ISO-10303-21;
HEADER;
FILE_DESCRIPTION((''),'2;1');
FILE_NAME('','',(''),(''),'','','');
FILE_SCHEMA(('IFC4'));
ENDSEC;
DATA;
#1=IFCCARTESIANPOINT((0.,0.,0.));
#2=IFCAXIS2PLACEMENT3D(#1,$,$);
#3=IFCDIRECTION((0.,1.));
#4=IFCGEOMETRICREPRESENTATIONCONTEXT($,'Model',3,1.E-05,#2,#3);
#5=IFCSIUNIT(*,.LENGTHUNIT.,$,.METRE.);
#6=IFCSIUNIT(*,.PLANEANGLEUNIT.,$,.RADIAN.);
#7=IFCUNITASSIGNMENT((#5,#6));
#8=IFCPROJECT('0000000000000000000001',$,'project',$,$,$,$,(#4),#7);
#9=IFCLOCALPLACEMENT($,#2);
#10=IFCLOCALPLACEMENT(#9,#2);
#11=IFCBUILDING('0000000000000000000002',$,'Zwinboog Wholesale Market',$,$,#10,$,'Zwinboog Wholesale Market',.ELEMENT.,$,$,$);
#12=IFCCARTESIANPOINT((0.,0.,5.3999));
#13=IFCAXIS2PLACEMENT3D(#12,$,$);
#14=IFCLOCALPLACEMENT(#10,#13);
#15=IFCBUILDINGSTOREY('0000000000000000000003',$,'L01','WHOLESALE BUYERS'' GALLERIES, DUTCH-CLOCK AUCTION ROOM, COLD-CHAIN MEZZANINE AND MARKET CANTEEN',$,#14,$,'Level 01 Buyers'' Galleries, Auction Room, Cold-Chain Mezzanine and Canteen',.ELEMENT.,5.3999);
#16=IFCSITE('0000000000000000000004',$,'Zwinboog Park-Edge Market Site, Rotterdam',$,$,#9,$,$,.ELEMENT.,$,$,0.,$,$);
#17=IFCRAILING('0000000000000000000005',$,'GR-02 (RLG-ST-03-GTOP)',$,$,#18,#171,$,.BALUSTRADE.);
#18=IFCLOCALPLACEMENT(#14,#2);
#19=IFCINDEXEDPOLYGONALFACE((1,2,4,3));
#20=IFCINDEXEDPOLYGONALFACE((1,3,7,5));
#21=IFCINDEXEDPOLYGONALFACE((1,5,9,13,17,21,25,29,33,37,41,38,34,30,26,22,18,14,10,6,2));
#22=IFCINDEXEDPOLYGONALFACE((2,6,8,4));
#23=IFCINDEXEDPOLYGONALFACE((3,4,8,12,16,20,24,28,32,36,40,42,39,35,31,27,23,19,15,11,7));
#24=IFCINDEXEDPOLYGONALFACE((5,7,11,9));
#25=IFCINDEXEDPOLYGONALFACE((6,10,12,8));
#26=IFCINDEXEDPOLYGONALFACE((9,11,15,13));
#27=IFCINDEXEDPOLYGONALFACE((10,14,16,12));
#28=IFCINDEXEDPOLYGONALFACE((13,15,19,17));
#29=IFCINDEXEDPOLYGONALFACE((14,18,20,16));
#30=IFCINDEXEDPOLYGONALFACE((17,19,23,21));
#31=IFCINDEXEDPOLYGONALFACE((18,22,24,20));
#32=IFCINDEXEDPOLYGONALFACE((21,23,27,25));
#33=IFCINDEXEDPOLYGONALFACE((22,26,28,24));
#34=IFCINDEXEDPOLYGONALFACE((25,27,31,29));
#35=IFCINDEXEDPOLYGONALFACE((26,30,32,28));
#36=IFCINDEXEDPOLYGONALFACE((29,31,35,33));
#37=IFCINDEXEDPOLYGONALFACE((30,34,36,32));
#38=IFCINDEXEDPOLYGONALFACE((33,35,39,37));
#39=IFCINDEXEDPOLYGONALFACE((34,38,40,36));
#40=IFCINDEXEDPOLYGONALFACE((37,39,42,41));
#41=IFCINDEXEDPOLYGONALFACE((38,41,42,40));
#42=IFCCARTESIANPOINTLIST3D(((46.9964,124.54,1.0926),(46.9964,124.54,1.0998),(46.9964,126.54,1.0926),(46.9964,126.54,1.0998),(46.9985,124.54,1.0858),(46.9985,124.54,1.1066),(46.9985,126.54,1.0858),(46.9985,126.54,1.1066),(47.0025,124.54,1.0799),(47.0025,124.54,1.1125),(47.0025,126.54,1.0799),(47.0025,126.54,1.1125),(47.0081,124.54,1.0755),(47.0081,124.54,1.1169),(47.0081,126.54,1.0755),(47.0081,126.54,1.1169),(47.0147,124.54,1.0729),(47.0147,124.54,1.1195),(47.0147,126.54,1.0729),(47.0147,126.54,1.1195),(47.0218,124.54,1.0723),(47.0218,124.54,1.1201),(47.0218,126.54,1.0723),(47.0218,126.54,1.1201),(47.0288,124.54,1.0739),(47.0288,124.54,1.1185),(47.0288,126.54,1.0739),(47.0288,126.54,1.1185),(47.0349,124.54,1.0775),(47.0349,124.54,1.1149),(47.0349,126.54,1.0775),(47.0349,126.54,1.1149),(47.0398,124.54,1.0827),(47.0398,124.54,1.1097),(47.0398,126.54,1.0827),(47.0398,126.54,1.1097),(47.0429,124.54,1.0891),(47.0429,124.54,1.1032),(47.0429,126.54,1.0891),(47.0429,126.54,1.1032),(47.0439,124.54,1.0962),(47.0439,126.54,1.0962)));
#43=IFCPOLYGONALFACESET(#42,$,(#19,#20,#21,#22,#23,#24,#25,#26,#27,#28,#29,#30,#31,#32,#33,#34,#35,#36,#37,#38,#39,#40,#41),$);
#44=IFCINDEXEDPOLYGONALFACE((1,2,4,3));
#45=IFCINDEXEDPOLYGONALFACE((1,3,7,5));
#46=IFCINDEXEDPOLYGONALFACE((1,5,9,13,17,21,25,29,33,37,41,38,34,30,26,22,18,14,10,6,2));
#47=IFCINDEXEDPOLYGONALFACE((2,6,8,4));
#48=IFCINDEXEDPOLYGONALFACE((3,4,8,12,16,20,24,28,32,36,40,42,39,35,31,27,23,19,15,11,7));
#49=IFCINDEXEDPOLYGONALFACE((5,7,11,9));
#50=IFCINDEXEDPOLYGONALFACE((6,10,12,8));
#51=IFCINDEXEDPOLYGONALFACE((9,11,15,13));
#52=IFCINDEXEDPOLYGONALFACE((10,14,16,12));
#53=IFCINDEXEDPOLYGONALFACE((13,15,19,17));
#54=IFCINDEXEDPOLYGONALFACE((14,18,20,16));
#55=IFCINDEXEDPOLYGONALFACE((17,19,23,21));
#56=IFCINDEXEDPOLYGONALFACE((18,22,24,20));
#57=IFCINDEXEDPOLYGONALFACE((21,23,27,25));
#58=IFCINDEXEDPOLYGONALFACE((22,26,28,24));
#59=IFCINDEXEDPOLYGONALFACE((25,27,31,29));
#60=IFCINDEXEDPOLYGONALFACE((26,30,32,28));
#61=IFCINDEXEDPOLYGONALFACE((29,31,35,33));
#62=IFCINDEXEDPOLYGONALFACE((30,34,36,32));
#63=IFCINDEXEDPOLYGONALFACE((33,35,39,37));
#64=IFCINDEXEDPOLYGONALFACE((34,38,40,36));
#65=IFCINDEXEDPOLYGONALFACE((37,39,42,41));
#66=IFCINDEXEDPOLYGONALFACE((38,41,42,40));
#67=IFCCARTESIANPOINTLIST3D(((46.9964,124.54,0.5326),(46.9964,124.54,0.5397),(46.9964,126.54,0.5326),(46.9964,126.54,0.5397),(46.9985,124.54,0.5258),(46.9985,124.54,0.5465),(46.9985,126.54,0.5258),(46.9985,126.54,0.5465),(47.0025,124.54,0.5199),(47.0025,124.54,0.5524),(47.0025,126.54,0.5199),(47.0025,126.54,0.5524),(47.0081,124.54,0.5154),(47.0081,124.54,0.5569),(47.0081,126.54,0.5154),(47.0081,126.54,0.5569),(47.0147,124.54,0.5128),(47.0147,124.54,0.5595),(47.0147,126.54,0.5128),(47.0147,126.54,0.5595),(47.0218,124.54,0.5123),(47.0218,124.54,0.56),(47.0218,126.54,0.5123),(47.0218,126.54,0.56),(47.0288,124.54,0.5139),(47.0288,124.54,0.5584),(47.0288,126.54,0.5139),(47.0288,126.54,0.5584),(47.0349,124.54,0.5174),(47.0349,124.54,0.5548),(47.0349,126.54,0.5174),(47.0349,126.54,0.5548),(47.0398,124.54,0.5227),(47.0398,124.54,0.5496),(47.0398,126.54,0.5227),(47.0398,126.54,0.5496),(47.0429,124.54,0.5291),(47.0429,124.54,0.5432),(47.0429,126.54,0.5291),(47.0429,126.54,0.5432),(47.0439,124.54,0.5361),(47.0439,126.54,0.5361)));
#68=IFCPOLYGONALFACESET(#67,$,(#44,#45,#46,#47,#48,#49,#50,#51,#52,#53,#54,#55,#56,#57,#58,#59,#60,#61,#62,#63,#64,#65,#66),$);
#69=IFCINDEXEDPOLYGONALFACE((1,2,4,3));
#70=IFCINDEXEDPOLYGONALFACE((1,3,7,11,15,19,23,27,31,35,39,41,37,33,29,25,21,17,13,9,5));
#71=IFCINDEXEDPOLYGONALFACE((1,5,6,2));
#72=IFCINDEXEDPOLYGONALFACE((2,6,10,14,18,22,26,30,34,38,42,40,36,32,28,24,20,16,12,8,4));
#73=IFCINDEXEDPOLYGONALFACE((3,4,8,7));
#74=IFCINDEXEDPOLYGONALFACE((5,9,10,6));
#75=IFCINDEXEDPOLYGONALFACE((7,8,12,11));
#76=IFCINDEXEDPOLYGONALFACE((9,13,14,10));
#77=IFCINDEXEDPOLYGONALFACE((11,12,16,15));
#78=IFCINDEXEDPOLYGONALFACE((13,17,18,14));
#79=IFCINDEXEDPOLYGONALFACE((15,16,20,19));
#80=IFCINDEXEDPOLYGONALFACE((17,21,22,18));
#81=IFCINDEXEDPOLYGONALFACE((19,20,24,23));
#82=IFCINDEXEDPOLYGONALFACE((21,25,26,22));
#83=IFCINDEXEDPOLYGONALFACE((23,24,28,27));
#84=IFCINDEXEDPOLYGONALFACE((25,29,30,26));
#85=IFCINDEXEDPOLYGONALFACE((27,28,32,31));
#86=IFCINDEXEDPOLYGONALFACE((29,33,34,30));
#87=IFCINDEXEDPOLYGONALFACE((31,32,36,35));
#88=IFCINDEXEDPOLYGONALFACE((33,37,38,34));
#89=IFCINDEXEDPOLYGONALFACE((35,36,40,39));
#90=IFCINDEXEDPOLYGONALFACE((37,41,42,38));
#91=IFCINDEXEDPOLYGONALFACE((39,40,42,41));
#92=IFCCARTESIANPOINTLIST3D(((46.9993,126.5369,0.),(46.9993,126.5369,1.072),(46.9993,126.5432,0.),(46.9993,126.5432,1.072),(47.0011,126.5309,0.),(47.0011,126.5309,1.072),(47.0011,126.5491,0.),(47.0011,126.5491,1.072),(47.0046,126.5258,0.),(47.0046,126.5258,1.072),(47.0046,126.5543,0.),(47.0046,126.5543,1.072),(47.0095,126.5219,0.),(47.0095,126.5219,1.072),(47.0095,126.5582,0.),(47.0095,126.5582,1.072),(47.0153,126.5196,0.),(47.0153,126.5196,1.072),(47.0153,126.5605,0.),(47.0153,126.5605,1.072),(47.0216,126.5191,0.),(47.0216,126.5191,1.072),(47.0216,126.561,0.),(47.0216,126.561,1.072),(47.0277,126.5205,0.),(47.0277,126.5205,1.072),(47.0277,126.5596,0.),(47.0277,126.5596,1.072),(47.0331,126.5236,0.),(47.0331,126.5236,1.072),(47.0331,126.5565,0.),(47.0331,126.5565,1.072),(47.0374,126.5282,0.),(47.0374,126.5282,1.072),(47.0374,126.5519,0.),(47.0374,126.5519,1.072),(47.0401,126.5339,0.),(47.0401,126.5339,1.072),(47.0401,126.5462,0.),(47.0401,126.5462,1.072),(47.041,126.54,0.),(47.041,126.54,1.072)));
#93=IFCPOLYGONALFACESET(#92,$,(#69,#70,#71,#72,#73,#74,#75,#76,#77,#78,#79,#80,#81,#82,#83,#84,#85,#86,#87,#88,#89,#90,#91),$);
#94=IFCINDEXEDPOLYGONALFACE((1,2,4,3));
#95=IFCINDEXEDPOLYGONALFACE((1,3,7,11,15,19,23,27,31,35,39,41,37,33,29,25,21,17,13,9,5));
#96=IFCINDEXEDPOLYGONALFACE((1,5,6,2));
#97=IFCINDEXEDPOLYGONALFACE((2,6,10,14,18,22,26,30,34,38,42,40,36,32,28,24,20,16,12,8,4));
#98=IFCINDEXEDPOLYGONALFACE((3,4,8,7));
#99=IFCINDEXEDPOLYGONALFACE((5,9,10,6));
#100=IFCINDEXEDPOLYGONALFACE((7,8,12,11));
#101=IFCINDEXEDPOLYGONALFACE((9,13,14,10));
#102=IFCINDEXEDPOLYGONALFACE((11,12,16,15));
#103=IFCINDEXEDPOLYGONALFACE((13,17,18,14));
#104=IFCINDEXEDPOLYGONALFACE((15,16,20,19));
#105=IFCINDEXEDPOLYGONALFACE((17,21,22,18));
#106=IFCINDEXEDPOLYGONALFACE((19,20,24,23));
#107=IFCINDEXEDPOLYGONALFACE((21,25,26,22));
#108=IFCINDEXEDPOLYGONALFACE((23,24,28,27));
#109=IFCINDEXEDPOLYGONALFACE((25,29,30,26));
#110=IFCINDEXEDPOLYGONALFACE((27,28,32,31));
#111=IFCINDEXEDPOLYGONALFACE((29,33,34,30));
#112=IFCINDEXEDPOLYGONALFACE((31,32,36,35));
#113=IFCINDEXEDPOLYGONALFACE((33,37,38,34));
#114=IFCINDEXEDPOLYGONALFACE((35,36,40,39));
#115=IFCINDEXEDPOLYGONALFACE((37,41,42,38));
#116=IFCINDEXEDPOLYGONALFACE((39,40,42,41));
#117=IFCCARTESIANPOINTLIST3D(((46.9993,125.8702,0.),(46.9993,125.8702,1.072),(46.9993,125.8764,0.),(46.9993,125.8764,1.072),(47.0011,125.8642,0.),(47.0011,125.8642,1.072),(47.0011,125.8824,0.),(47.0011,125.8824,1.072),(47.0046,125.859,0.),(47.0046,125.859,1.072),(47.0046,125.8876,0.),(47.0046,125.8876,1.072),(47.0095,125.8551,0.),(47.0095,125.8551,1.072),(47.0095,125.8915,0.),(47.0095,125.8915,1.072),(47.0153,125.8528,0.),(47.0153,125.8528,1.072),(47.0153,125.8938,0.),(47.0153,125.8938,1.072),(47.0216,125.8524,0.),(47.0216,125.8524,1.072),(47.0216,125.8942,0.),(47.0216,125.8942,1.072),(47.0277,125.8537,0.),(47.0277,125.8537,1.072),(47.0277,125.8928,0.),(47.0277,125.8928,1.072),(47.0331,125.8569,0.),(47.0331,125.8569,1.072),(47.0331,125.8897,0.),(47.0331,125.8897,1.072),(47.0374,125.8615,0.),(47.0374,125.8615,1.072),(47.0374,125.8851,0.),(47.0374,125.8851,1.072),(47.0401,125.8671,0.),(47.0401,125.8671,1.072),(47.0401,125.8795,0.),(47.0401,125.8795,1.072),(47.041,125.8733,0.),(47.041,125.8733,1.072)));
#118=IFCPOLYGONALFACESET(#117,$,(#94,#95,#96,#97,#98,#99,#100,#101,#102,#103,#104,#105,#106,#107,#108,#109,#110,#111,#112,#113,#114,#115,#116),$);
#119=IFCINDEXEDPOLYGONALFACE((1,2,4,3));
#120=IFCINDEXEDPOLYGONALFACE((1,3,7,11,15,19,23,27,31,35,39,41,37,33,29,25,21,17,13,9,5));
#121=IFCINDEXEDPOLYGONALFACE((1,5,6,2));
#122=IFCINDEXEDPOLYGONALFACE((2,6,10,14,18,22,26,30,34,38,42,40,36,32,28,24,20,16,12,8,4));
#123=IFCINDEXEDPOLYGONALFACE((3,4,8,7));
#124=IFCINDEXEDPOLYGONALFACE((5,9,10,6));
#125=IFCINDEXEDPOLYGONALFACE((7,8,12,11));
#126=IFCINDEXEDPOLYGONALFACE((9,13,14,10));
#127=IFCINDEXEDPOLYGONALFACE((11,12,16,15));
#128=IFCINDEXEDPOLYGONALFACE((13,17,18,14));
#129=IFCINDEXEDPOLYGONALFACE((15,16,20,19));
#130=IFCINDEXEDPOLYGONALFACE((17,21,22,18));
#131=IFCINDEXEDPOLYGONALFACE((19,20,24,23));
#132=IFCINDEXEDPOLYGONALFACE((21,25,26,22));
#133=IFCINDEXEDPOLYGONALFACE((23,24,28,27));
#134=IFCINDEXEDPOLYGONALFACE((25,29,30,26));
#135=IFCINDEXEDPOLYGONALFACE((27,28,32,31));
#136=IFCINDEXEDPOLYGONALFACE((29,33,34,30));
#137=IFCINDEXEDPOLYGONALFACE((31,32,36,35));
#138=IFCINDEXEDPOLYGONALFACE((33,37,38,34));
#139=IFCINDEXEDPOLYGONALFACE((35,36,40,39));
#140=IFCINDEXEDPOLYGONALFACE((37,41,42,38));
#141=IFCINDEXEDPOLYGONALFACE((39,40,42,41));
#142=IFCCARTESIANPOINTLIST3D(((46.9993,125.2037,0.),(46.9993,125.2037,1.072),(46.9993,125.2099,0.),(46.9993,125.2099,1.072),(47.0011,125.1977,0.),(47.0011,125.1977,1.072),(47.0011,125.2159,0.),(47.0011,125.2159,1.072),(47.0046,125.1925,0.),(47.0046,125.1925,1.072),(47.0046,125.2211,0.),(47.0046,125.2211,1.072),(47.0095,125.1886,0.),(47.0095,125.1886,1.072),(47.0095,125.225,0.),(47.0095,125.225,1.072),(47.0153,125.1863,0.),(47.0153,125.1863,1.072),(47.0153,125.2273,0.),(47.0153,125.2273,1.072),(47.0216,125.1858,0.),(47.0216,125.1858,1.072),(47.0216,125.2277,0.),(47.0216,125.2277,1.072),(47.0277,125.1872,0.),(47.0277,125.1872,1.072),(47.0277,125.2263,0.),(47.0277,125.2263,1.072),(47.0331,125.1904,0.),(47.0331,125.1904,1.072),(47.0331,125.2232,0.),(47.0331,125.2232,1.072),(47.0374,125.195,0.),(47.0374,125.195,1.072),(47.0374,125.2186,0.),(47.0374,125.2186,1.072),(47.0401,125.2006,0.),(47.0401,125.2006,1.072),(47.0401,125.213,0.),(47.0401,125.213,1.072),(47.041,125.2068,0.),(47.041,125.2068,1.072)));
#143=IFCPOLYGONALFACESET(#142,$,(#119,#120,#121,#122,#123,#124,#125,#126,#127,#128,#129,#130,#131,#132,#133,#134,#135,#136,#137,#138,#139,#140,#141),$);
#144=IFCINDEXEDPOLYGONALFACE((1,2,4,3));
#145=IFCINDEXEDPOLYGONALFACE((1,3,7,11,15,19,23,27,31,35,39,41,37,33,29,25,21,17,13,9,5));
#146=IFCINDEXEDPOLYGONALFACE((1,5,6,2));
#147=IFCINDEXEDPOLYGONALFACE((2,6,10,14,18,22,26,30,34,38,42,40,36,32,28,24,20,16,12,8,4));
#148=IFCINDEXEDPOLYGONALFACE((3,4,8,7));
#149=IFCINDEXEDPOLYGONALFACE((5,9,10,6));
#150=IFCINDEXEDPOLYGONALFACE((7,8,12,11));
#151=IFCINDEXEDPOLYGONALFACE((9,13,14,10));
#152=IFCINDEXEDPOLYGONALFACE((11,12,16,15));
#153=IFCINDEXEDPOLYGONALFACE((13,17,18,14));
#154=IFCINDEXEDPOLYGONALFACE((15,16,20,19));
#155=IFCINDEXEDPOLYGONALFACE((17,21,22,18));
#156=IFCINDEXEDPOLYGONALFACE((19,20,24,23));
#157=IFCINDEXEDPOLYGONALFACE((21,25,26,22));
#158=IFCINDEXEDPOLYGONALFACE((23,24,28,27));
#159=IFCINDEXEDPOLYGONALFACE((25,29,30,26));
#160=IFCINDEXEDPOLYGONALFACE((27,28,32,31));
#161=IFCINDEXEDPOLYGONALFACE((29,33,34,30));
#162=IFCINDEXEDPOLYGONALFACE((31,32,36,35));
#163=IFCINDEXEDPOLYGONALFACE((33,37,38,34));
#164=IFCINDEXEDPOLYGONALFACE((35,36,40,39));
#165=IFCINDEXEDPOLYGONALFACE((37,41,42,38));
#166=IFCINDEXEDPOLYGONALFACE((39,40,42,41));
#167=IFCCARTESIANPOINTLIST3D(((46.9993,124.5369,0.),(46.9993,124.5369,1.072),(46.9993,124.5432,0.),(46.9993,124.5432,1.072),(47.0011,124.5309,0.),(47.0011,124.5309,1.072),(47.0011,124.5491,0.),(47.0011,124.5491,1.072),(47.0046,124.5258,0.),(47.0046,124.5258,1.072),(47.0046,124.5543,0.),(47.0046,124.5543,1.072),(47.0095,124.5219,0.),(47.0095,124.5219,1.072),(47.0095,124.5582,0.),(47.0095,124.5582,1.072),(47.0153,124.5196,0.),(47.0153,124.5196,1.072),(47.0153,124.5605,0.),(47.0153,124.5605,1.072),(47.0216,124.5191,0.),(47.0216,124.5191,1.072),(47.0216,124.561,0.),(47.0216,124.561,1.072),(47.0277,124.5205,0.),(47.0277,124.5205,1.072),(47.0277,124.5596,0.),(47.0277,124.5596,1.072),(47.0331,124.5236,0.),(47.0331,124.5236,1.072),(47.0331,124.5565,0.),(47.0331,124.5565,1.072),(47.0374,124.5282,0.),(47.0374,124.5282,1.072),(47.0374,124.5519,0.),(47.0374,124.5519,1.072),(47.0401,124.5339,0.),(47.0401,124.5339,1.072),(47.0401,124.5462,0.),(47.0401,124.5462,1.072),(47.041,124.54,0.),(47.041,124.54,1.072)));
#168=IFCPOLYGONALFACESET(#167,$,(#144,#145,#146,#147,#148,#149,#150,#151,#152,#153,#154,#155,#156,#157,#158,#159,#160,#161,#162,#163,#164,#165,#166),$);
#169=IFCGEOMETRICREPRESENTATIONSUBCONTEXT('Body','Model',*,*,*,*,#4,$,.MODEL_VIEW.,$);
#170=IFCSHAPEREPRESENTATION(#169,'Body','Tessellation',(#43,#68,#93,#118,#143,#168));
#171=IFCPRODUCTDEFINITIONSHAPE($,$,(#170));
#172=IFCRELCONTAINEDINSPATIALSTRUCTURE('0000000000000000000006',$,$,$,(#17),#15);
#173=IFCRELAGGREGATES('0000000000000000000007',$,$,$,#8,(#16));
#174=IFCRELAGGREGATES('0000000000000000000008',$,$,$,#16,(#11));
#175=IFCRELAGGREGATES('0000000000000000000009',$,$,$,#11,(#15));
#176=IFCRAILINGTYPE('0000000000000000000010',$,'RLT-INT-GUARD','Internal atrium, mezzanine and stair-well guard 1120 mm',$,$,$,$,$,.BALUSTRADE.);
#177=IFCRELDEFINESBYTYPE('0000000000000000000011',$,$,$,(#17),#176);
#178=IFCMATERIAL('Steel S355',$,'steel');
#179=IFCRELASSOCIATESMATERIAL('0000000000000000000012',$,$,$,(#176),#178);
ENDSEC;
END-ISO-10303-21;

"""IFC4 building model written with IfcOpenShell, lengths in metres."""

from ifc_helpers import new_model, si_unit, direction, frame, origin, origin_2d, place, context, subcontext, project, spatial, circle, extrude, material, type_object, element, save


model = new_model("IFC4")

# Units and contexts
model_context = context("Model", 3, precision=1e-05, world=origin(), true_north=direction((0.0, 1.0)))
body_context = subcontext(model_context, "Body", "Model", "MODEL_VIEW")
ifc_project = project(units=[si_unit("LENGTHUNIT", "METRE"), si_unit("PLANEANGLEUNIT", "RADIAN")], contexts=[model_context])

# Site, building, storey
site_placement = place(None, origin())
site = spatial("IfcSite", under=ifc_project, at=site_placement, Name="Zwinboog Park-Edge Market Site, Rotterdam", CompositionType="ELEMENT", RefElevation=0.0)
building_placement = place(site_placement, origin())
building = spatial("IfcBuilding", under=site, at=building_placement, Name="Zwinboog Wholesale Market", LongName="Zwinboog Wholesale Market", CompositionType="ELEMENT")
storey_placement = place(building_placement, frame((0.0, 0.0, 5.3999)))
storey = spatial("IfcBuildingStorey", under=building, at=storey_placement, Name="L01", Description="WHOLESALE BUYERS' GALLERIES, DUTCH-CLOCK AUCTION ROOM, COLD-CHAIN MEZZANINE AND MARKET CANTEEN", LongName="Level 01 Buyers' Galleries, Auction Room, Cold-Chain Mezzanine and Canteen", CompositionType="ELEMENT", Elevation=5.3999)

# Shared definitions
ifc_material_1 = material(Name="Steel S355", Category="steel")

# Railing
railing_type = type_object("IfcRailingType", Name="RLT-INT-GUARD", Description="Internal atrium, mezzanine and stair-well guard 1120 mm", PredefinedType="BALUSTRADE", material=ifc_material_1)
railing_placement = place(storey_placement, frame((47.02, 126.54, 0.0)))
element("IfcRailing", 1, at=railing_placement, inside=storey, type_object=railing_type, Name="GR-02 (RLG-ST-03-GTOP)", PredefinedType="BALUSTRADE", context=body_context, shape_type="SweptSolid", body=[
    extrude(circle(Radius=0.0239, at=origin_2d()), frame((0.0, 0.0, 1.0962), z_axis=(0.0, -1.0, 0.0), x_axis=(1.0, 0.0, 0.0)), (0.0, 0.0, 1.0), 2.0),
    extrude(circle(Radius=0.0239, at=origin_2d()), frame((0.0, 0.0, 0.5361), z_axis=(0.0, -1.0, 0.0), x_axis=(1.0, 0.0, 0.0)), (0.0, 0.0, 1.0), 2.0),
    extrude(circle(Radius=0.021, at=origin_2d()), origin(), (0.0, 0.0, 1.0), 1.072),
    extrude(circle(Radius=0.021, at=origin_2d()), frame((0.0, -0.6667, 0.0)), (0.0, 0.0, 1.0), 1.072),
    extrude(circle(Radius=0.021, at=origin_2d()), frame((0.0, -1.3333, 0.0)), (0.0, 0.0, 1.0), 1.072),
    extrude(circle(Radius=0.021, at=origin_2d()), frame((0.0, -2.0, 0.0)), (0.0, 0.0, 1.0), 1.072),
])

save(model, "model.ifc")
